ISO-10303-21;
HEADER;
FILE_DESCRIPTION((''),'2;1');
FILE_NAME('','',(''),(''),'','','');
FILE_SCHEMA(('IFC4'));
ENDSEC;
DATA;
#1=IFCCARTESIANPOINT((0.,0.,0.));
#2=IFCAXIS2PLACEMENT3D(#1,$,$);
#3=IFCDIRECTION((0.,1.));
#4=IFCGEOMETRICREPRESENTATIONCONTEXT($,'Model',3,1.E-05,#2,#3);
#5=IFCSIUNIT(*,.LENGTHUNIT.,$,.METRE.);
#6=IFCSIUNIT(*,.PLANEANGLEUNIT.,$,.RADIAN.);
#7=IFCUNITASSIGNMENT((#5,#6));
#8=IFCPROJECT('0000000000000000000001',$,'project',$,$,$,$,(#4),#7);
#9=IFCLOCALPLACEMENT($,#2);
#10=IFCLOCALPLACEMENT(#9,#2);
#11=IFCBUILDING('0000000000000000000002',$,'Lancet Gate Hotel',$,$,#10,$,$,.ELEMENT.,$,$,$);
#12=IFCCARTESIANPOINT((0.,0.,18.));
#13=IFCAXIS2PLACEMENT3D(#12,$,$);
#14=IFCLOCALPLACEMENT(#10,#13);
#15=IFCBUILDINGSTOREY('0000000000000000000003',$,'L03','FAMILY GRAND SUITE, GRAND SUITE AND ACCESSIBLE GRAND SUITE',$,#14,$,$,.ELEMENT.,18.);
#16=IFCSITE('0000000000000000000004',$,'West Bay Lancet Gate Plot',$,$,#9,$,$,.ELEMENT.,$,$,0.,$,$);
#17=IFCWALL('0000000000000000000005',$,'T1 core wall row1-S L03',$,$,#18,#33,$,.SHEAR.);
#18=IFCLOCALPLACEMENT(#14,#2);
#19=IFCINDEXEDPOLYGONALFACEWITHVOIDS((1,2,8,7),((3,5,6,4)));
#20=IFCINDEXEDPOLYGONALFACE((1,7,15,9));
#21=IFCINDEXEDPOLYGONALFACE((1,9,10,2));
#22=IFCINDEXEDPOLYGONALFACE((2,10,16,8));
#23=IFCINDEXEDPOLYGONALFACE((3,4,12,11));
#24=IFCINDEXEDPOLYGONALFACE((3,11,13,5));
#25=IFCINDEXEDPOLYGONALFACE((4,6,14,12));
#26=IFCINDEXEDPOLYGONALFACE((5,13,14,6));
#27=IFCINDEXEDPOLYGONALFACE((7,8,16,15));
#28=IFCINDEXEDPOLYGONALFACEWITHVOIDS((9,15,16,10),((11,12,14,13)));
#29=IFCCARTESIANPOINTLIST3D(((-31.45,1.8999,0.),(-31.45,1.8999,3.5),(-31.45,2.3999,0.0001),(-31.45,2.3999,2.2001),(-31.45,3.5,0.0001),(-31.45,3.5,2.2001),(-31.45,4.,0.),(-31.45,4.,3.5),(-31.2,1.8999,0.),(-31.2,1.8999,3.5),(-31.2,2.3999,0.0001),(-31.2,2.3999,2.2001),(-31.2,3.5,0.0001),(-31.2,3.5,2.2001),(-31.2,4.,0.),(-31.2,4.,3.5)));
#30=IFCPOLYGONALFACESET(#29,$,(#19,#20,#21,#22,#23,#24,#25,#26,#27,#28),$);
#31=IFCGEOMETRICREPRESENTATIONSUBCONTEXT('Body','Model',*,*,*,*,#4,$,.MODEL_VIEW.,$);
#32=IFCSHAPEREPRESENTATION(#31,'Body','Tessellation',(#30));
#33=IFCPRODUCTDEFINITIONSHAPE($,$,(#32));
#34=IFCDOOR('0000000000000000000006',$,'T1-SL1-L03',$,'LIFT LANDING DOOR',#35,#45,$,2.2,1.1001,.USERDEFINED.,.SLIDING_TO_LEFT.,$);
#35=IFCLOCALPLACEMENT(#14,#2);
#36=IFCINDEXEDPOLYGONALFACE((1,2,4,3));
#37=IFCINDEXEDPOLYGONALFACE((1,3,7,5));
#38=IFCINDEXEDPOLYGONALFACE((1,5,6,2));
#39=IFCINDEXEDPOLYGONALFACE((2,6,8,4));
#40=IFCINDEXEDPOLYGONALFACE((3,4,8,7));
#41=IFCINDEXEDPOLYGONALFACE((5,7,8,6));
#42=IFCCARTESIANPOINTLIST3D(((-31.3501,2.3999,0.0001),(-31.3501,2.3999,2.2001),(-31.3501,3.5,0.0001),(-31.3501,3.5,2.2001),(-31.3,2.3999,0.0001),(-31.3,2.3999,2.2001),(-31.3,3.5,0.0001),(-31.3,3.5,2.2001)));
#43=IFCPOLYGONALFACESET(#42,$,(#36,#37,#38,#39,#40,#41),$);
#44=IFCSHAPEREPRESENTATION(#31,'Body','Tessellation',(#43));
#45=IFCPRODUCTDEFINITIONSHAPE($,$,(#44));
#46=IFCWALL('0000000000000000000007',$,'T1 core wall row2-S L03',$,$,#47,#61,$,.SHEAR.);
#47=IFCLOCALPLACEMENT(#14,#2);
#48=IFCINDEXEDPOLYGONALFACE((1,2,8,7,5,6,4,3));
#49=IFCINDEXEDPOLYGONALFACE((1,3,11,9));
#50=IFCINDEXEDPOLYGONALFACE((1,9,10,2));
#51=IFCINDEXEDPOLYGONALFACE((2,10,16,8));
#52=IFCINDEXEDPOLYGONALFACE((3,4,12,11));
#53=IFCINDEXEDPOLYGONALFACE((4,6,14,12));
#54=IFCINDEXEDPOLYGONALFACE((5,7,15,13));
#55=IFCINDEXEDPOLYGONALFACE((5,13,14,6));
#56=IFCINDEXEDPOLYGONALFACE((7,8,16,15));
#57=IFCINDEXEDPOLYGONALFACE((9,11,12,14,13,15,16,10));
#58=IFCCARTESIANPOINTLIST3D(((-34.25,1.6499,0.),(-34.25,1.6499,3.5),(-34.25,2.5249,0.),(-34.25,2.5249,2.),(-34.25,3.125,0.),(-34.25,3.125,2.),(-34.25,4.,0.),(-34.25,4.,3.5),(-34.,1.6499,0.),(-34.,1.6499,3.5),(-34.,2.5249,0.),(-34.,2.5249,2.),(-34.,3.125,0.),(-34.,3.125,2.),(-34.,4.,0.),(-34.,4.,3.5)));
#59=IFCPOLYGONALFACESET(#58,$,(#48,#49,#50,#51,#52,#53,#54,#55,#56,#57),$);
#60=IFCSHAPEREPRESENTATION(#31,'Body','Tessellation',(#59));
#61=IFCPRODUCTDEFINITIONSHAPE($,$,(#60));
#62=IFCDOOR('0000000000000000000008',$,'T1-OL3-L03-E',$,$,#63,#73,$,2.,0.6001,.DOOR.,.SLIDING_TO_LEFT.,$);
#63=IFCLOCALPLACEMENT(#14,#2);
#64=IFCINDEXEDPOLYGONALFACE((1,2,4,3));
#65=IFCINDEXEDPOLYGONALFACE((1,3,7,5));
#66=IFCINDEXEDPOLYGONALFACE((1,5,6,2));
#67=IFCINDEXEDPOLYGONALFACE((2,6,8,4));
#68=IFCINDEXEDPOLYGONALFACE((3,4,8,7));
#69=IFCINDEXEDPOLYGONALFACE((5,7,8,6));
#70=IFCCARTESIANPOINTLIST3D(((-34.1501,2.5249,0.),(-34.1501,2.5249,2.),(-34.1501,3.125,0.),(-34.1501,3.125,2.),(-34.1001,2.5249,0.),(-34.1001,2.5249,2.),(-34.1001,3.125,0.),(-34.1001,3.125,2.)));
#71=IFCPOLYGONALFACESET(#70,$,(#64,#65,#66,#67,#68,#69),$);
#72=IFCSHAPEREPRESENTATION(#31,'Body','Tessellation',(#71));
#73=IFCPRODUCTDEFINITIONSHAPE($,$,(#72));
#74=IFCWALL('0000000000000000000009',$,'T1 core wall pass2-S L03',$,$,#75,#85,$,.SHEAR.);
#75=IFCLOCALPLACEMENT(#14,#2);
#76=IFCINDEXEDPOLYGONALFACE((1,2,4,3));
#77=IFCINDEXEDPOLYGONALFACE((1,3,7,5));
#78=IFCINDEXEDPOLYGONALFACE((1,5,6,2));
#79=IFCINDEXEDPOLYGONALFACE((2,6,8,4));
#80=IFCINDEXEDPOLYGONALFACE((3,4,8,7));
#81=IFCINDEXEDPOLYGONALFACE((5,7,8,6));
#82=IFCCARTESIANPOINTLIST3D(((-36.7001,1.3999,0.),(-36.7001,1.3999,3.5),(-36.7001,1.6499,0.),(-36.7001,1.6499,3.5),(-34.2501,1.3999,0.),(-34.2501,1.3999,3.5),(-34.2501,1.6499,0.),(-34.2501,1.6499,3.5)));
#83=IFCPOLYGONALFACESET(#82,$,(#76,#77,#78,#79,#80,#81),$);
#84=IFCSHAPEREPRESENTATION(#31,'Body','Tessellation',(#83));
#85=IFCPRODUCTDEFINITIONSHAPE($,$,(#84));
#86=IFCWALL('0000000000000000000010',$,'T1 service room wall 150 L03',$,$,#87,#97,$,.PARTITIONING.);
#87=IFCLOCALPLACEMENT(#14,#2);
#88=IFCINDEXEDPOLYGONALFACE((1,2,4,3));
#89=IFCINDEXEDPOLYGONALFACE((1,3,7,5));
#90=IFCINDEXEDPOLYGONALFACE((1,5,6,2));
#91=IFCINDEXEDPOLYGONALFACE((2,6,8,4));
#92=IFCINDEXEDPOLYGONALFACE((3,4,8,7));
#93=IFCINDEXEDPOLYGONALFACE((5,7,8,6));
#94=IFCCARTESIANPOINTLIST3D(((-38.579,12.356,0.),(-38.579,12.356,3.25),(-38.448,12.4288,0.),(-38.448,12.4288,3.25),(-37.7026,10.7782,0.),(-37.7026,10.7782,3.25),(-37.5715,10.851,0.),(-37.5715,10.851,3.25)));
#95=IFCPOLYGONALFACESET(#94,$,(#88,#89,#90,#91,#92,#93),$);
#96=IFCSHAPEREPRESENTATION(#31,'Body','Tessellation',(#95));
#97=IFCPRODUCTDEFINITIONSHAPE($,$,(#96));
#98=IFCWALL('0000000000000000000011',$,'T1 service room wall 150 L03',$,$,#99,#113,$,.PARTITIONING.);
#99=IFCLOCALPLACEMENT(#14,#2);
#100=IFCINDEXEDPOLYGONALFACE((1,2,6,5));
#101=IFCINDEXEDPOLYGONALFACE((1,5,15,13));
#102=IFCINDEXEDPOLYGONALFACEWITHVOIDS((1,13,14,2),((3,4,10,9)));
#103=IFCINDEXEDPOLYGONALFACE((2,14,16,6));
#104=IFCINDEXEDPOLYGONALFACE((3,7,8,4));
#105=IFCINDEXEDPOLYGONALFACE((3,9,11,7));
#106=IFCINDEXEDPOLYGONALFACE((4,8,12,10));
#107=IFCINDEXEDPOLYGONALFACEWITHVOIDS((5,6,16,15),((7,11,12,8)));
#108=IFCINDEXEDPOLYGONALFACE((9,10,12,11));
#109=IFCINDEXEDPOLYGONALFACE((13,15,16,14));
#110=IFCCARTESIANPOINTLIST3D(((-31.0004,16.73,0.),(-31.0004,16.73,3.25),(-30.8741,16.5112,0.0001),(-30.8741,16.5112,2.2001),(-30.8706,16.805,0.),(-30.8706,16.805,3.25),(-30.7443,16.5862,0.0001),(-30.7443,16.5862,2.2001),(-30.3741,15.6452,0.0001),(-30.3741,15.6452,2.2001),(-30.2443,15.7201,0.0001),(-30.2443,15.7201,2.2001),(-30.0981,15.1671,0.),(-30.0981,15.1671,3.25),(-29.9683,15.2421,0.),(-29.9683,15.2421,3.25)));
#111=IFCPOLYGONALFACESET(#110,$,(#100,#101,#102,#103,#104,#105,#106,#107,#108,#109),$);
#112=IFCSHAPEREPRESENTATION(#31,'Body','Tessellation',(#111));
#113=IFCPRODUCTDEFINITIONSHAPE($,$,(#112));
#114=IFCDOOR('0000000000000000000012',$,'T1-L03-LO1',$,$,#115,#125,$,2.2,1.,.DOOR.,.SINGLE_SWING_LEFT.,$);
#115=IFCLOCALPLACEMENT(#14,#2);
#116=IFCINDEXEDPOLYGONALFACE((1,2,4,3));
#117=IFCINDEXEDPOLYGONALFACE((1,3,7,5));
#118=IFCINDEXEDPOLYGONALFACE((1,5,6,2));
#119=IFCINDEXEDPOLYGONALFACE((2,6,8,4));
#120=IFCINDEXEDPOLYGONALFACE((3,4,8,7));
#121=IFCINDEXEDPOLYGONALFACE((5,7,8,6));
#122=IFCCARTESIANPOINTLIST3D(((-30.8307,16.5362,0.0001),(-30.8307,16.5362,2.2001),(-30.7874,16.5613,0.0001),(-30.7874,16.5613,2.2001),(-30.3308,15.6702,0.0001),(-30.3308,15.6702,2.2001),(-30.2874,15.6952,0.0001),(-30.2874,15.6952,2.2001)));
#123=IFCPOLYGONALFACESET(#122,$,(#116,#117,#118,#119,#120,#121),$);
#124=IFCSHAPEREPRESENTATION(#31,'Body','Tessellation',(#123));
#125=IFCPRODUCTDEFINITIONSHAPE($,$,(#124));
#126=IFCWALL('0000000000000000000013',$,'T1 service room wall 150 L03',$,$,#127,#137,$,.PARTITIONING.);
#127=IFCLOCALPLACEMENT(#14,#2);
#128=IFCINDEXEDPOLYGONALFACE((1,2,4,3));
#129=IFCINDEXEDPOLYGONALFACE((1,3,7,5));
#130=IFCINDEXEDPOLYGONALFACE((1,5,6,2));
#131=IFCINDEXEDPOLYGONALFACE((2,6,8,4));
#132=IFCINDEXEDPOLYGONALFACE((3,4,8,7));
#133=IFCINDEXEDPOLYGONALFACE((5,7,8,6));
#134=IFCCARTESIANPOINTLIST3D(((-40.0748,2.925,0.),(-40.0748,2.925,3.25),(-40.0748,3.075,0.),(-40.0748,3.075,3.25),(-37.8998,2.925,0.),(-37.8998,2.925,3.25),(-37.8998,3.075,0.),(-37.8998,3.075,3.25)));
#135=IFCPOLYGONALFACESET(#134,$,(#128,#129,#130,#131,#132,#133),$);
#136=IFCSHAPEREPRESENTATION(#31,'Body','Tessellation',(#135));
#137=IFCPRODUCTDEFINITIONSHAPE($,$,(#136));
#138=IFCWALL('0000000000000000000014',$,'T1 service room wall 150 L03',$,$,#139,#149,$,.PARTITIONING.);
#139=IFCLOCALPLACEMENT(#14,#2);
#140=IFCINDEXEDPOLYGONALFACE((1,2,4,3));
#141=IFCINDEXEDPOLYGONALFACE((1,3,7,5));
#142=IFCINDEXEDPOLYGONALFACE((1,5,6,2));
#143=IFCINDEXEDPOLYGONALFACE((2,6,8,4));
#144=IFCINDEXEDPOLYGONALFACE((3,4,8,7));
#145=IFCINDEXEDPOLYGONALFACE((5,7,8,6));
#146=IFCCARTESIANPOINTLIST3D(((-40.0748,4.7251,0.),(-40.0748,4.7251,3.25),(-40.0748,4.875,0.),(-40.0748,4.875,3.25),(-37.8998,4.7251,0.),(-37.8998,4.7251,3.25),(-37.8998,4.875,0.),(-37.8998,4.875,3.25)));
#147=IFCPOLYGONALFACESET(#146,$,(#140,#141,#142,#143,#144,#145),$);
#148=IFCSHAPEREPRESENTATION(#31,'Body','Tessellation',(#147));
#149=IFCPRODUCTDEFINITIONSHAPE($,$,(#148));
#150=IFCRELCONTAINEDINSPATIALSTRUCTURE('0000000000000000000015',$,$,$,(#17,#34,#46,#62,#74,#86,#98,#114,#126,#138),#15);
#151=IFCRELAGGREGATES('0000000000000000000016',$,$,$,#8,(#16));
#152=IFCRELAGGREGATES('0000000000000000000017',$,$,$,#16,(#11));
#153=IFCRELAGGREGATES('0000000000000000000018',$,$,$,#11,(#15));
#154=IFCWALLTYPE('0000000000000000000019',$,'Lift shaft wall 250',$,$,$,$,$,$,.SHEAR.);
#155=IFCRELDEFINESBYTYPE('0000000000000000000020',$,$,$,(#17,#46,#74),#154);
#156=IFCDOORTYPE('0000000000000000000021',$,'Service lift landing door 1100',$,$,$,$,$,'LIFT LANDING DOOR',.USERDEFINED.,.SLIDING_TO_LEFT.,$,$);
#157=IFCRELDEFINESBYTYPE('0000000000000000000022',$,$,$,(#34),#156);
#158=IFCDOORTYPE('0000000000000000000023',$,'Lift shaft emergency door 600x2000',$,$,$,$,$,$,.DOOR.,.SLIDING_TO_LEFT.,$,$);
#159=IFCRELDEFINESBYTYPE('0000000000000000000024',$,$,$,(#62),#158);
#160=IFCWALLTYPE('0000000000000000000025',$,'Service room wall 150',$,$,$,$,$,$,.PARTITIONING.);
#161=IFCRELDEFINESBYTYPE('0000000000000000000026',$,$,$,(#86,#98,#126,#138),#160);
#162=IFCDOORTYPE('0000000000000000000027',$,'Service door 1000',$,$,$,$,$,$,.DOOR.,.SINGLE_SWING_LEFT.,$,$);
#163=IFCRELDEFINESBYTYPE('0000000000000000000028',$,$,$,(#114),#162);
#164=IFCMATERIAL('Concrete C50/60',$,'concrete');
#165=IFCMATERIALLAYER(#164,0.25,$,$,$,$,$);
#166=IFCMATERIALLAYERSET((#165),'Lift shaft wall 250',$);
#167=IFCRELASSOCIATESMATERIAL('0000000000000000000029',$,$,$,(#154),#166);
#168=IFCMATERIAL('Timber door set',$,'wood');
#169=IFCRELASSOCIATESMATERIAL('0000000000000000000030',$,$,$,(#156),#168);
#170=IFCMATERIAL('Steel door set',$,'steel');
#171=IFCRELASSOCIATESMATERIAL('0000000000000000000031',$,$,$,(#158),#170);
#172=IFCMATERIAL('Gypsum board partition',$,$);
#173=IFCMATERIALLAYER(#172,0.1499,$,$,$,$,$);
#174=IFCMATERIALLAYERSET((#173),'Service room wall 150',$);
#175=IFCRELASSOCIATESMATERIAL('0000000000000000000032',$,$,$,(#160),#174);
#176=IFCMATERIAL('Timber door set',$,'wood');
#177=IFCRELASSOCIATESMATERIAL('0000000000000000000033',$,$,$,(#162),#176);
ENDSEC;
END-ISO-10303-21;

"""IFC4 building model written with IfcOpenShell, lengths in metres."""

from ifc_helpers import new_model, si_unit, direction, frame, frame_2d, origin, place, context, subcontext, project, spatial, rectangle, extrude, material, layer, layer_set, type_object, element, fill, save


model = new_model("IFC4")

# Units and contexts
model_context = context("Model", 3, precision=1e-05, world=origin(), true_north=direction((0.0, 1.0)))
body_context = subcontext(model_context, "Body", "Model", "MODEL_VIEW")
ifc_project = project(units=[si_unit("LENGTHUNIT", "METRE"), si_unit("PLANEANGLEUNIT", "RADIAN")], contexts=[model_context])

# Site, building, storey
site_placement = place(None, origin())
site = spatial("IfcSite", under=ifc_project, at=site_placement, Name="West Bay Lancet Gate Plot", CompositionType="ELEMENT", RefElevation=0.0)
building_placement = place(site_placement, origin())
building = spatial("IfcBuilding", under=site, at=building_placement, Name="Lancet Gate Hotel", CompositionType="ELEMENT")
storey_placement = place(building_placement, frame((0.0, 0.0, 18.0)))
storey = spatial("IfcBuildingStorey", under=building, at=storey_placement, Name="L03", Description="FAMILY GRAND SUITE, GRAND SUITE AND ACCESSIBLE GRAND SUITE", CompositionType="ELEMENT", Elevation=18.0)

# Walls, openings, doors
ifc_material_1 = material(Name="Concrete C50/60", Category="concrete")
ifc_layer_1 = layer(ifc_material_1, 0.25)
ifc_layer_set_1 = layer_set([ifc_layer_1], Name="Lift shaft wall 250")
wall_type_1 = type_object("IfcWallType", Name="Lift shaft wall 250", PredefinedType="SHEAR", material=ifc_layer_set_1)
wall_1_placement = place(storey_placement, frame((-31.325, 4.0, 0.0), z_axis=(0.0, 0.0, 1.0), x_axis=(0.0, -1.0, 0.0)))
wall_1 = element("IfcWall", 1, at=wall_1_placement, inside=storey, type_object=wall_type_1, Name="T1 core wall row1-S L03", PredefinedType="SHEAR", context=body_context, shape_type="SweptSolid", body=[
    extrude(rectangle(XDim=2.1001, YDim=0.25, at=frame_2d((1.05, 0.0))), origin(), (0.0, 0.0, 1.0), 3.5),
])
opening_1_placement = place(wall_1_placement, frame((0.5, 0.0, 0.0)))
opening_1 = element("IfcOpeningElement", 2, at=opening_1_placement, cuts=wall_1, PredefinedType="OPENING", context=body_context, shape_type="SweptSolid", body=[
    extrude(rectangle(XDim=1.1001, YDim=2.2, at=frame_2d((0.55, 1.1001))), frame((0.0, 0.135, 0.0), z_axis=(0.0, -1.0, 0.0), x_axis=(1.0, 0.0, 0.0)), (0.0, 0.0, 1.0), 0.27),
])
ifc_material_2 = material(Name="Timber door set", Category="wood")
door_type_1 = type_object("IfcDoorType", Name="Service lift landing door 1100", ElementType="LIFT LANDING DOOR", OperationType="SLIDING_TO_LEFT", PredefinedType="USERDEFINED", material=ifc_material_2)
door_1_placement = place(opening_1_placement, origin())
door_1 = element("IfcDoor", 3, at=door_1_placement, inside=storey, type_object=door_type_1, Name="T1-SL1-L03", ObjectType="LIFT LANDING DOOR", OperationType="SLIDING_TO_LEFT", OverallHeight=2.2, OverallWidth=1.1001, PredefinedType="USERDEFINED", context=body_context, shape_type="SweptSolid", body=[
    extrude(rectangle(XDim=1.1001, YDim=2.2, at=frame_2d((0.55, 1.1001))), frame((0.0, 0.0249, 0.0), z_axis=(0.0, -1.0, 0.0), x_axis=(1.0, 0.0, 0.0)), (0.0, 0.0, 1.0), 0.05),
])
fill(opening_1, door_1)
wall_2_placement = place(storey_placement, frame((-34.125, 4.0, 0.0), z_axis=(0.0, 0.0, 1.0), x_axis=(0.0, -1.0, 0.0)))
wall_2 = element("IfcWall", 4, at=wall_2_placement, inside=storey, type_object=wall_type_1, Name="T1 core wall row2-S L03", PredefinedType="SHEAR", context=body_context, shape_type="SweptSolid", body=[
    extrude(rectangle(XDim=2.3501, YDim=0.25, at=frame_2d((1.175, 0.0))), origin(), (0.0, 0.0, 1.0), 3.5),
])
opening_2_placement = place(wall_2_placement, frame((0.875, 0.0, 0.0)))
opening_2 = element("IfcOpeningElement", 5, at=opening_2_placement, cuts=wall_2, PredefinedType="OPENING", context=body_context, shape_type="SweptSolid", body=[
    extrude(rectangle(XDim=0.6001, YDim=2.0, at=frame_2d((0.3, 1.0))), frame((0.0, 0.135, 0.0), z_axis=(0.0, -1.0, 0.0), x_axis=(1.0, 0.0, 0.0)), (0.0, 0.0, 1.0), 0.27),
])
ifc_material_3 = material(Name="Steel door set", Category="steel")
door_type_2 = type_object("IfcDoorType", Name="Lift shaft emergency door 600x2000", OperationType="SLIDING_TO_LEFT", PredefinedType="DOOR", material=ifc_material_3)
door_2_placement = place(opening_2_placement, origin())
door_2 = element("IfcDoor", 6, at=door_2_placement, inside=storey, type_object=door_type_2, Name="T1-OL3-L03-E", OperationType="SLIDING_TO_LEFT", OverallHeight=2.0, OverallWidth=0.6001, PredefinedType="DOOR", context=body_context, shape_type="SweptSolid", body=[
    extrude(rectangle(XDim=0.6001, YDim=2.0, at=frame_2d((0.3, 1.0))), frame((0.0, 0.0249, 0.0), z_axis=(0.0, -1.0, 0.0), x_axis=(1.0, 0.0, 0.0)), (0.0, 0.0, 1.0), 0.05),
])
fill(opening_2, door_2)

# Walls
wall_3_placement = place(storey_placement, frame((-34.25, 1.5249, 0.0), z_axis=(0.0, 0.0, 1.0), x_axis=(-1.0, 0.0, 0.0)))
element("IfcWall", 7, at=wall_3_placement, inside=storey, type_object=wall_type_1, Name="T1 core wall pass2-S L03", PredefinedType="SHEAR", context=body_context, shape_type="SweptSolid", body=[
    extrude(rectangle(XDim=2.45, YDim=0.25, at=frame_2d((1.2251, 0.0))), origin(), (0.0, 0.0, 1.0), 3.5),
])
ifc_material_4 = material(Name="Gypsum board partition")
ifc_layer_2 = layer(ifc_material_4, 0.1499)
ifc_layer_set_2 = layer_set([ifc_layer_2], Name="Service room wall 150")
wall_type_2 = type_object("IfcWallType", Name="Service room wall 150", PredefinedType="PARTITIONING", material=ifc_layer_set_2)
wall_4_placement = place(storey_placement, frame((-38.5134, 12.3923, 0.0), z_axis=(0.0, 0.0, 1.0), x_axis=(0.485586, -0.874189, 0.0)))
element("IfcWall", 8, at=wall_4_placement, inside=storey, type_object=wall_type_2, Name="T1 service room wall 150 L03", PredefinedType="PARTITIONING", context=body_context, shape_type="SweptSolid", body=[
    extrude(rectangle(XDim=1.8049, YDim=0.1499, at=frame_2d((0.9023, 0.0))), origin(), (0.0, 0.0, 1.0), 3.25),
])

# Wall, opening, door
wall_5_placement = place(storey_placement, frame((-30.0332, 15.2046, 0.0), z_axis=(0.0, 0.0, 1.0), x_axis=(-0.49998, 0.866037, 0.0)))
wall_5 = element("IfcWall", 9, at=wall_5_placement, inside=storey, type_object=wall_type_2, Name="T1 service room wall 150 L03", PredefinedType="PARTITIONING", context=body_context, shape_type="SweptSolid", body=[
    extrude(rectangle(XDim=1.8047, YDim=0.1499, at=frame_2d((0.9023, 0.0))), origin(), (0.0, 0.0, 1.0), 3.25),
])
opening_3_placement = place(wall_5_placement, frame((0.552, 0.0, 0.0)))
opening_3 = element("IfcOpeningElement", 10, at=opening_3_placement, cuts=wall_5, PredefinedType="OPENING", context=body_context, shape_type="SweptSolid", body=[
    extrude(rectangle(XDim=1.0, YDim=2.2, at=frame_2d((0.5, 1.1001))), frame((0.0, 0.085, 0.0), z_axis=(0.0, -1.0, 0.0), x_axis=(1.0, 0.0, 0.0)), (0.0, 0.0, 1.0), 0.1699),
])
ifc_material_5 = material(Name="Timber door set", Category="wood")
door_type_3 = type_object("IfcDoorType", Name="Service door 1000", OperationType="SINGLE_SWING_LEFT", PredefinedType="DOOR", material=ifc_material_5)
door_3_placement = place(opening_3_placement, origin())
door_3 = element("IfcDoor", 11, at=door_3_placement, inside=storey, type_object=door_type_3, Name="T1-L03-LO1", OperationType="SINGLE_SWING_LEFT", OverallHeight=2.2, OverallWidth=1.0, PredefinedType="DOOR", context=body_context, shape_type="SweptSolid", body=[
    extrude(rectangle(XDim=1.0, YDim=2.2, at=frame_2d((0.5, 1.1001))), frame((0.0, 0.0249, 0.0), z_axis=(0.0, -1.0, 0.0), x_axis=(1.0, 0.0, 0.0)), (0.0, 0.0, 1.0), 0.05),
])
fill(opening_3, door_3)

# Walls
for number, where, z_axis, x_axis, name in (
    (12, (-37.8999, 3.0, 0.0), (0.0, 0.0, 1.0), (-1.0, 0.0, 0.0), "T1 service room wall 150 L03"),
    (13, (-37.8999, 4.8, 0.0), (0.0, 0.0, 1.0), (-1.0, 0.0, 0.0), "T1 service room wall 150 L03"),
):
    element("IfcWall", number, at=place(storey_placement, frame(where, z_axis=z_axis, x_axis=x_axis)), inside=storey, type_object=wall_type_2, Name=name, PredefinedType="PARTITIONING", context=body_context, shape_type="SweptSolid", body=[
        extrude(rectangle(XDim=2.175, YDim=0.1499, at=frame_2d((1.0874, 0.0))), origin(), (0.0, 0.0, 1.0), 3.25),
    ])

save(model, "model.ifc")
